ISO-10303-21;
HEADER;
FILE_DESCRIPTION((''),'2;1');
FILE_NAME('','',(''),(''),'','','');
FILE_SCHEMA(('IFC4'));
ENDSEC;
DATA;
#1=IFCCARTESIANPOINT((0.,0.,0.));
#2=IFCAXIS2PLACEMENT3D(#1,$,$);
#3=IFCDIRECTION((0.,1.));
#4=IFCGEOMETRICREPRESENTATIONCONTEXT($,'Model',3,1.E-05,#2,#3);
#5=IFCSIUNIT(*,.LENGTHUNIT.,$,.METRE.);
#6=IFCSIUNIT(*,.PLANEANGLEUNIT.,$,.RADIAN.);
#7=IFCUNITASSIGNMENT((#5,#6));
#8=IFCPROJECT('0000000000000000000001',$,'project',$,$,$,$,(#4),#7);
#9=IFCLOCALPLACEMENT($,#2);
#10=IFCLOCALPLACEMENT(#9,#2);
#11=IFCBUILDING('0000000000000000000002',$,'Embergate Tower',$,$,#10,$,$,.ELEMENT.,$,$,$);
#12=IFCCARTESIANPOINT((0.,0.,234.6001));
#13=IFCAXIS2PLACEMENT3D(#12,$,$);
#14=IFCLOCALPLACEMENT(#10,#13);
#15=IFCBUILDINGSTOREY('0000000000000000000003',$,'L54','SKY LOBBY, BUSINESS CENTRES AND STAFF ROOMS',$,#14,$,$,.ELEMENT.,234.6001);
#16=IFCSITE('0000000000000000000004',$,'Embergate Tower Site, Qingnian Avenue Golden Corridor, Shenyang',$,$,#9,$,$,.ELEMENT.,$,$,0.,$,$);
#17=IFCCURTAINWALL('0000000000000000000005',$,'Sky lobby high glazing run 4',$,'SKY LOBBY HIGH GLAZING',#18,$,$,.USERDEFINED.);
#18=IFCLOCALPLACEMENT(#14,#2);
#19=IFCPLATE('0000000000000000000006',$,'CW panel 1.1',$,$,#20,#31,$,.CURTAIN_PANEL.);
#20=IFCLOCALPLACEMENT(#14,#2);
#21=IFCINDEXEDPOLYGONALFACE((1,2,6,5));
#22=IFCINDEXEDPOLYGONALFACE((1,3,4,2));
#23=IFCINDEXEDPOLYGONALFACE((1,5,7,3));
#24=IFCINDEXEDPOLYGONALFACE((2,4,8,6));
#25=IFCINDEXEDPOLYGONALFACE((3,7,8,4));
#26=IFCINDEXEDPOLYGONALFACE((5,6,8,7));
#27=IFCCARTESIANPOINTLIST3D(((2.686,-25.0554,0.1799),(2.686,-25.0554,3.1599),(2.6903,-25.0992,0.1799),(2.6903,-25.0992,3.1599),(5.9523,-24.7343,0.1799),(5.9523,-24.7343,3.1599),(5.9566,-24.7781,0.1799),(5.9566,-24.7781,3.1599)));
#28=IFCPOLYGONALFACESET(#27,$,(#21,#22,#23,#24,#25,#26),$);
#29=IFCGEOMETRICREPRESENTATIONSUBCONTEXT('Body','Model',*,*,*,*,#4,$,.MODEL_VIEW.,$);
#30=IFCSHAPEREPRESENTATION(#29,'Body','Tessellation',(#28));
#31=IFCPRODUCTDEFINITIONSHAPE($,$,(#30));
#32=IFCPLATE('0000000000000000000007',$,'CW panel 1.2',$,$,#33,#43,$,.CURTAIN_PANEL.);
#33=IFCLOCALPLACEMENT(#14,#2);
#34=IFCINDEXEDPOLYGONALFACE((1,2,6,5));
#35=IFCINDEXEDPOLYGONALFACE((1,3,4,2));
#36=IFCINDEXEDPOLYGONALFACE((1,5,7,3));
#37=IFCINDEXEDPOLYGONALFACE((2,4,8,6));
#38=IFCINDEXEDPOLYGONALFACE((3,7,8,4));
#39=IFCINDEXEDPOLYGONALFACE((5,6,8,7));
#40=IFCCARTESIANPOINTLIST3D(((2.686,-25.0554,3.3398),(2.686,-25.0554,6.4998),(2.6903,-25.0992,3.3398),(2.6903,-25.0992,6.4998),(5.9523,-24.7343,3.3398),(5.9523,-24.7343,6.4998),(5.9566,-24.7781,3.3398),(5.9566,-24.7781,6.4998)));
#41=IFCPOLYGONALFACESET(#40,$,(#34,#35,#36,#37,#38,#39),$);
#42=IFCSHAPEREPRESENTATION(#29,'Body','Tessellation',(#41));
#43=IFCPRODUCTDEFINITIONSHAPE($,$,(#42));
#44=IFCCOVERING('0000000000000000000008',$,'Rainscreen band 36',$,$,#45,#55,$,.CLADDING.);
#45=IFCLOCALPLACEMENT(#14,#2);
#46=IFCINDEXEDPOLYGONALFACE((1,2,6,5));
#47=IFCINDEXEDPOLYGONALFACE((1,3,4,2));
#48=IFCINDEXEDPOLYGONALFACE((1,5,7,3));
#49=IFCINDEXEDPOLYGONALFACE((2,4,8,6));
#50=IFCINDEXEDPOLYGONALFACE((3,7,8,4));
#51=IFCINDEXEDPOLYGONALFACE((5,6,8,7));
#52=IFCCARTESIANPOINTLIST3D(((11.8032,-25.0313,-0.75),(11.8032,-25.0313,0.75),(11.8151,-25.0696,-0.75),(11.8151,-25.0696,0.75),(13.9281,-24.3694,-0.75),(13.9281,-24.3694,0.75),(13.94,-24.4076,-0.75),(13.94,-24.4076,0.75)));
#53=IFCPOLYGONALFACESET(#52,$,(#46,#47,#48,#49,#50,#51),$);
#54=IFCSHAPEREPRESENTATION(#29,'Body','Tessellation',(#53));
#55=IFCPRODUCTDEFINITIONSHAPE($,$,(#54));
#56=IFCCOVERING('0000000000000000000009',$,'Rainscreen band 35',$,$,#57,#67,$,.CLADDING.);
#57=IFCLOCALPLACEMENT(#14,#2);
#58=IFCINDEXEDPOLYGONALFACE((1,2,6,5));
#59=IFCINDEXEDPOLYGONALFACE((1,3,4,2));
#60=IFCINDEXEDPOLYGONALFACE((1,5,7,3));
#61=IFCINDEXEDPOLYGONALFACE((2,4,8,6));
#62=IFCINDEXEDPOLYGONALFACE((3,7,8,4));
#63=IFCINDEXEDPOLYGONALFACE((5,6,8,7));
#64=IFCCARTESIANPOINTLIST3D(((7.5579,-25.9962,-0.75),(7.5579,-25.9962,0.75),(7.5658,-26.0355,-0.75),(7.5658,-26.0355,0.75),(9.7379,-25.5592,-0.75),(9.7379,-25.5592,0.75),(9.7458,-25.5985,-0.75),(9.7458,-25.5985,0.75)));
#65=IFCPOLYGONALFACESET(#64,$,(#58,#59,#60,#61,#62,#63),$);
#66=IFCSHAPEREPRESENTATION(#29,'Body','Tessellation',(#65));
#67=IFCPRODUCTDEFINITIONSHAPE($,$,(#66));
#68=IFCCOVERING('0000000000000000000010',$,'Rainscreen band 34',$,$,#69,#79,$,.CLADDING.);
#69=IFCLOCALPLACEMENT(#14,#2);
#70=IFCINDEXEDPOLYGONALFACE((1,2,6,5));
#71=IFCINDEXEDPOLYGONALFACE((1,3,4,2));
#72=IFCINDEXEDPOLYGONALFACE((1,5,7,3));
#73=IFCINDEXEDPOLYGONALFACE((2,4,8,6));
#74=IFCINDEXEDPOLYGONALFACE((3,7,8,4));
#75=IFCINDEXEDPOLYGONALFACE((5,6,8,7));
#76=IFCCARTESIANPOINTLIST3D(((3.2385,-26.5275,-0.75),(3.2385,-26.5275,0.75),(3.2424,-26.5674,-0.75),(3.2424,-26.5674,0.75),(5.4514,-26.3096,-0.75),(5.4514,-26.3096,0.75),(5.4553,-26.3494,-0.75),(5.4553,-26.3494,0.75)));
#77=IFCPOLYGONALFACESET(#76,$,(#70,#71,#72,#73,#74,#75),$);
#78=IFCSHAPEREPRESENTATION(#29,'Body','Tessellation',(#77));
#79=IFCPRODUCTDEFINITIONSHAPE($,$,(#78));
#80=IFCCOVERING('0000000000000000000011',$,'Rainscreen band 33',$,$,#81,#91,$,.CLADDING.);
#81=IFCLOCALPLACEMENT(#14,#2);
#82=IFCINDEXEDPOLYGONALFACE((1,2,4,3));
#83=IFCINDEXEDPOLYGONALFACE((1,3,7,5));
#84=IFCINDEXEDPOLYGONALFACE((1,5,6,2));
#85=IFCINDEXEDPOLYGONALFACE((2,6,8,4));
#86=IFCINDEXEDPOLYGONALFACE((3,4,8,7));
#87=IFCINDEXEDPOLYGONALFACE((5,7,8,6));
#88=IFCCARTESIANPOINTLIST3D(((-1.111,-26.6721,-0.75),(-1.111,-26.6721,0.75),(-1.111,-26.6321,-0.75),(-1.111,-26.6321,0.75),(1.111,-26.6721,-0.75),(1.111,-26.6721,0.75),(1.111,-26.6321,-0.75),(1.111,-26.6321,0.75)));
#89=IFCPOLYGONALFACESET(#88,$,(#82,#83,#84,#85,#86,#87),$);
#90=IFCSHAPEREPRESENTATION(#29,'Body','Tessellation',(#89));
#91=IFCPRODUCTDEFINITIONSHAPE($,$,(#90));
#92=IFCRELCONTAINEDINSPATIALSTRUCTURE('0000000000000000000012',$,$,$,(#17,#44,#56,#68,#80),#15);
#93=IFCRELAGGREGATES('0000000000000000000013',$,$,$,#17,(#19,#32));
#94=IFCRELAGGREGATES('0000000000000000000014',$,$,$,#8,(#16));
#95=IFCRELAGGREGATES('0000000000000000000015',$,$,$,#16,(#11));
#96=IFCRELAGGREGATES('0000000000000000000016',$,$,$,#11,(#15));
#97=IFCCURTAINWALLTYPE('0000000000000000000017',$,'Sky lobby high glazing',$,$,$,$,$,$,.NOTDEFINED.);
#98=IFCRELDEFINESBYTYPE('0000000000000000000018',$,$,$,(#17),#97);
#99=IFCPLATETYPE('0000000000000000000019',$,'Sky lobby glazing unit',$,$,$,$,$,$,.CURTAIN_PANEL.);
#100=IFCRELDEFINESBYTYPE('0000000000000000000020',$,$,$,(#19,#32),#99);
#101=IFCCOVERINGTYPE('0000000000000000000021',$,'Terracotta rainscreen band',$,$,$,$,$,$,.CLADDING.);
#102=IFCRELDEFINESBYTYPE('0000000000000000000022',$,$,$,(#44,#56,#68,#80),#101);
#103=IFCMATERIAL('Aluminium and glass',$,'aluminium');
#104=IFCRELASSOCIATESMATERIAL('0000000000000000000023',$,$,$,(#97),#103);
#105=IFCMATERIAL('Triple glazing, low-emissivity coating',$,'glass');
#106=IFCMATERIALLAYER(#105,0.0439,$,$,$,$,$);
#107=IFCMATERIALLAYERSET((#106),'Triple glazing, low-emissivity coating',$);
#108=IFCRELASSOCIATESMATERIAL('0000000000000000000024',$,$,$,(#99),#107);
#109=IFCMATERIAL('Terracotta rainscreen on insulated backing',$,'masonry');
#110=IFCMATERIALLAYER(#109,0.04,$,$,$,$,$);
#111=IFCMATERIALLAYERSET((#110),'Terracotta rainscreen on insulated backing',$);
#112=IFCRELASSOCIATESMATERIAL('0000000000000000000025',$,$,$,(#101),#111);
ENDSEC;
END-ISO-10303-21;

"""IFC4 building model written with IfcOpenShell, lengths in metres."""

from ifc_helpers import new_model, si_unit, direction, frame, origin, origin_2d, place, context, subcontext, project, spatial, rectangle, extrude, source, transform, mapped, material, layer, layer_set, type_object, element, aggregate, save


model = new_model("IFC4")

# Units and contexts
model_context = context("Model", 3, precision=1e-05, world=origin(), true_north=direction((0.0, 1.0)))
body_context = subcontext(model_context, "Body", "Model", "MODEL_VIEW")
ifc_project = project(units=[si_unit("LENGTHUNIT", "METRE"), si_unit("PLANEANGLEUNIT", "RADIAN")], contexts=[model_context])

# Site, building, storey
site_placement = place(None, origin())
site = spatial("IfcSite", under=ifc_project, at=site_placement, Name="Embergate Tower Site, Qingnian Avenue Golden Corridor, Shenyang", CompositionType="ELEMENT", RefElevation=0.0)
building_placement = place(site_placement, origin())
building = spatial("IfcBuilding", under=site, at=building_placement, Name="Embergate Tower", CompositionType="ELEMENT")
storey_placement = place(building_placement, frame((0.0, 0.0, 234.6001)))
storey = spatial("IfcBuildingStorey", under=building, at=storey_placement, Name="L54", Description="SKY LOBBY, BUSINESS CENTRES AND STAFF ROOMS", CompositionType="ELEMENT", Elevation=234.6001)

# Shared definitions
ifc_material_1 = material(Name="Aluminium and glass", Category="aluminium")
curtain_wall_type = type_object("IfcCurtainWallType", Name="Sky lobby high glazing", PredefinedType="NOTDEFINED", material=ifc_material_1)

# Curtain wall, plates
curtain_wall_1_placement = place(storey_placement, origin())
curtain_wall_1 = element("IfcCurtainWall", 1, at=curtain_wall_1_placement, inside=storey, type_object=curtain_wall_type, Name="Sky lobby high glazing run 4", ObjectType="SKY LOBBY HIGH GLAZING", PredefinedType="USERDEFINED")
ifc_material_2 = material(Name="Triple glazing, low-emissivity coating", Category="glass")
ifc_layer_1 = layer(ifc_material_2, 0.0439)
ifc_layer_set_1 = layer_set([ifc_layer_1], Name="Triple glazing, low-emissivity coating")
plate_type = type_object("IfcPlateType", Name="Sky lobby glazing unit", PredefinedType="CURTAIN_PANEL", material=ifc_layer_set_1)
shared_shape_1 = source(origin(), body_context, "Body", "SweptSolid", [
    extrude(rectangle(XDim=3.282, YDim=0.0439, at=origin_2d()), origin(), (0.0, 0.0, 1.0), 2.98),
])
plate_1_placement = place(storey_placement, frame((4.3213, -24.9167, 0.1799), z_axis=(0.0, 0.0, 1.0), x_axis=(0.995203, 0.09783, 0.0)))
plate_1 = element("IfcPlate", 2, at=plate_1_placement, type_object=plate_type, Name="CW panel 1.1", PredefinedType="CURTAIN_PANEL", context=body_context, shape_type="MappedRepresentation", body=[
    mapped(shared_shape_1, transform((0.0, 0.0, 0.0))),
])
shared_shape_2 = source(origin(), body_context, "Body", "SweptSolid", [
    extrude(rectangle(XDim=3.282, YDim=0.0439, at=origin_2d()), origin(), (0.0, 0.0, 1.0), 3.1599),
])
plate_2_placement = place(storey_placement, frame((4.3213, -24.9167, 3.3398), z_axis=(0.0, 0.0, 1.0), x_axis=(0.995203, 0.09783, 0.0)))
plate_2 = element("IfcPlate", 3, at=plate_2_placement, type_object=plate_type, Name="CW panel 1.2", PredefinedType="CURTAIN_PANEL", context=body_context, shape_type="MappedRepresentation", body=[
    mapped(shared_shape_2, transform((0.0, 0.0, 0.0))),
])
aggregate(curtain_wall_1, [plate_1, plate_2])

# Coverings
ifc_material_3 = material(Name="Terracotta rainscreen on insulated backing", Category="masonry")
ifc_layer_2 = layer(ifc_material_3, 0.04)
ifc_layer_set_2 = layer_set([ifc_layer_2], Name="Terracotta rainscreen on insulated backing")
covering_type = type_object("IfcCoveringType", Name="Terracotta rainscreen band", PredefinedType="CLADDING", material=ifc_layer_set_2)
shared_shape_3 = source(origin(), body_context, "Body", "SweptSolid", [
    extrude(rectangle(XDim=2.2256, YDim=0.04, at=origin_2d()), origin(), (0.0, 0.0, 1.0), 1.5),
])
covering_1_placement = place(storey_placement, frame((12.8716, -24.7195, -0.75), z_axis=(0.0, 0.0, 1.0), x_axis=(0.954744, 0.29743, 0.0)))
element("IfcCovering", 4, at=covering_1_placement, inside=storey, type_object=covering_type, Name="Rainscreen band 36", PredefinedType="CLADDING", context=body_context, shape_type="MappedRepresentation", body=[
    mapped(shared_shape_3, transform((0.0, 0.0, 0.0))),
])
shared_shape_4 = source(origin(), body_context, "Body", "SweptSolid", [
    extrude(rectangle(XDim=2.2234, YDim=0.04, at=origin_2d()), origin(), (0.0, 0.0, 1.0), 1.5),
])
covering_2_placement = place(storey_placement, frame((8.6519, -25.7974, -0.75), z_axis=(0.0, 0.0, 1.0), x_axis=(0.980494, 0.196549, 0.0)))
element("IfcCovering", 5, at=covering_2_placement, inside=storey, type_object=covering_type, Name="Rainscreen band 35", PredefinedType="CLADDING", context=body_context, shape_type="MappedRepresentation", body=[
    mapped(shared_shape_4, transform((0.0, 0.0, 0.0))),
])
shared_shape_5 = source(origin(), body_context, "Body", "SweptSolid", [
    extrude(rectangle(XDim=2.2236, YDim=0.04, at=origin_2d()), origin(), (0.0, 0.0, 1.0), 1.5),
])
covering_3_placement = place(storey_placement, frame((4.3469, -26.4385, -0.75), z_axis=(0.0, 0.0, 1.0), x_axis=(0.995183, 0.098035, 0.0)))
element("IfcCovering", 6, at=covering_3_placement, inside=storey, type_object=covering_type, Name="Rainscreen band 34", PredefinedType="CLADDING", context=body_context, shape_type="MappedRepresentation", body=[
    mapped(shared_shape_5, transform((0.0, 0.0, 0.0))),
])
shared_shape_6 = source(origin(), body_context, "Body", "SweptSolid", [
    extrude(rectangle(XDim=2.2219, YDim=0.04, at=origin_2d()), origin(), (0.0, 0.0, 1.0), 1.5),
])
covering_4_placement = place(storey_placement, frame((0.0, -26.6521, -0.75), z_axis=(0.0, 0.0, 1.0), x_axis=(1.0, 0.0, 0.0)))
element("IfcCovering", 7, at=covering_4_placement, inside=storey, type_object=covering_type, Name="Rainscreen band 33", PredefinedType="CLADDING", context=body_context, shape_type="MappedRepresentation", body=[
    mapped(shared_shape_6, transform((0.0, 0.0, 0.0))),
])

save(model, "model.ifc")
